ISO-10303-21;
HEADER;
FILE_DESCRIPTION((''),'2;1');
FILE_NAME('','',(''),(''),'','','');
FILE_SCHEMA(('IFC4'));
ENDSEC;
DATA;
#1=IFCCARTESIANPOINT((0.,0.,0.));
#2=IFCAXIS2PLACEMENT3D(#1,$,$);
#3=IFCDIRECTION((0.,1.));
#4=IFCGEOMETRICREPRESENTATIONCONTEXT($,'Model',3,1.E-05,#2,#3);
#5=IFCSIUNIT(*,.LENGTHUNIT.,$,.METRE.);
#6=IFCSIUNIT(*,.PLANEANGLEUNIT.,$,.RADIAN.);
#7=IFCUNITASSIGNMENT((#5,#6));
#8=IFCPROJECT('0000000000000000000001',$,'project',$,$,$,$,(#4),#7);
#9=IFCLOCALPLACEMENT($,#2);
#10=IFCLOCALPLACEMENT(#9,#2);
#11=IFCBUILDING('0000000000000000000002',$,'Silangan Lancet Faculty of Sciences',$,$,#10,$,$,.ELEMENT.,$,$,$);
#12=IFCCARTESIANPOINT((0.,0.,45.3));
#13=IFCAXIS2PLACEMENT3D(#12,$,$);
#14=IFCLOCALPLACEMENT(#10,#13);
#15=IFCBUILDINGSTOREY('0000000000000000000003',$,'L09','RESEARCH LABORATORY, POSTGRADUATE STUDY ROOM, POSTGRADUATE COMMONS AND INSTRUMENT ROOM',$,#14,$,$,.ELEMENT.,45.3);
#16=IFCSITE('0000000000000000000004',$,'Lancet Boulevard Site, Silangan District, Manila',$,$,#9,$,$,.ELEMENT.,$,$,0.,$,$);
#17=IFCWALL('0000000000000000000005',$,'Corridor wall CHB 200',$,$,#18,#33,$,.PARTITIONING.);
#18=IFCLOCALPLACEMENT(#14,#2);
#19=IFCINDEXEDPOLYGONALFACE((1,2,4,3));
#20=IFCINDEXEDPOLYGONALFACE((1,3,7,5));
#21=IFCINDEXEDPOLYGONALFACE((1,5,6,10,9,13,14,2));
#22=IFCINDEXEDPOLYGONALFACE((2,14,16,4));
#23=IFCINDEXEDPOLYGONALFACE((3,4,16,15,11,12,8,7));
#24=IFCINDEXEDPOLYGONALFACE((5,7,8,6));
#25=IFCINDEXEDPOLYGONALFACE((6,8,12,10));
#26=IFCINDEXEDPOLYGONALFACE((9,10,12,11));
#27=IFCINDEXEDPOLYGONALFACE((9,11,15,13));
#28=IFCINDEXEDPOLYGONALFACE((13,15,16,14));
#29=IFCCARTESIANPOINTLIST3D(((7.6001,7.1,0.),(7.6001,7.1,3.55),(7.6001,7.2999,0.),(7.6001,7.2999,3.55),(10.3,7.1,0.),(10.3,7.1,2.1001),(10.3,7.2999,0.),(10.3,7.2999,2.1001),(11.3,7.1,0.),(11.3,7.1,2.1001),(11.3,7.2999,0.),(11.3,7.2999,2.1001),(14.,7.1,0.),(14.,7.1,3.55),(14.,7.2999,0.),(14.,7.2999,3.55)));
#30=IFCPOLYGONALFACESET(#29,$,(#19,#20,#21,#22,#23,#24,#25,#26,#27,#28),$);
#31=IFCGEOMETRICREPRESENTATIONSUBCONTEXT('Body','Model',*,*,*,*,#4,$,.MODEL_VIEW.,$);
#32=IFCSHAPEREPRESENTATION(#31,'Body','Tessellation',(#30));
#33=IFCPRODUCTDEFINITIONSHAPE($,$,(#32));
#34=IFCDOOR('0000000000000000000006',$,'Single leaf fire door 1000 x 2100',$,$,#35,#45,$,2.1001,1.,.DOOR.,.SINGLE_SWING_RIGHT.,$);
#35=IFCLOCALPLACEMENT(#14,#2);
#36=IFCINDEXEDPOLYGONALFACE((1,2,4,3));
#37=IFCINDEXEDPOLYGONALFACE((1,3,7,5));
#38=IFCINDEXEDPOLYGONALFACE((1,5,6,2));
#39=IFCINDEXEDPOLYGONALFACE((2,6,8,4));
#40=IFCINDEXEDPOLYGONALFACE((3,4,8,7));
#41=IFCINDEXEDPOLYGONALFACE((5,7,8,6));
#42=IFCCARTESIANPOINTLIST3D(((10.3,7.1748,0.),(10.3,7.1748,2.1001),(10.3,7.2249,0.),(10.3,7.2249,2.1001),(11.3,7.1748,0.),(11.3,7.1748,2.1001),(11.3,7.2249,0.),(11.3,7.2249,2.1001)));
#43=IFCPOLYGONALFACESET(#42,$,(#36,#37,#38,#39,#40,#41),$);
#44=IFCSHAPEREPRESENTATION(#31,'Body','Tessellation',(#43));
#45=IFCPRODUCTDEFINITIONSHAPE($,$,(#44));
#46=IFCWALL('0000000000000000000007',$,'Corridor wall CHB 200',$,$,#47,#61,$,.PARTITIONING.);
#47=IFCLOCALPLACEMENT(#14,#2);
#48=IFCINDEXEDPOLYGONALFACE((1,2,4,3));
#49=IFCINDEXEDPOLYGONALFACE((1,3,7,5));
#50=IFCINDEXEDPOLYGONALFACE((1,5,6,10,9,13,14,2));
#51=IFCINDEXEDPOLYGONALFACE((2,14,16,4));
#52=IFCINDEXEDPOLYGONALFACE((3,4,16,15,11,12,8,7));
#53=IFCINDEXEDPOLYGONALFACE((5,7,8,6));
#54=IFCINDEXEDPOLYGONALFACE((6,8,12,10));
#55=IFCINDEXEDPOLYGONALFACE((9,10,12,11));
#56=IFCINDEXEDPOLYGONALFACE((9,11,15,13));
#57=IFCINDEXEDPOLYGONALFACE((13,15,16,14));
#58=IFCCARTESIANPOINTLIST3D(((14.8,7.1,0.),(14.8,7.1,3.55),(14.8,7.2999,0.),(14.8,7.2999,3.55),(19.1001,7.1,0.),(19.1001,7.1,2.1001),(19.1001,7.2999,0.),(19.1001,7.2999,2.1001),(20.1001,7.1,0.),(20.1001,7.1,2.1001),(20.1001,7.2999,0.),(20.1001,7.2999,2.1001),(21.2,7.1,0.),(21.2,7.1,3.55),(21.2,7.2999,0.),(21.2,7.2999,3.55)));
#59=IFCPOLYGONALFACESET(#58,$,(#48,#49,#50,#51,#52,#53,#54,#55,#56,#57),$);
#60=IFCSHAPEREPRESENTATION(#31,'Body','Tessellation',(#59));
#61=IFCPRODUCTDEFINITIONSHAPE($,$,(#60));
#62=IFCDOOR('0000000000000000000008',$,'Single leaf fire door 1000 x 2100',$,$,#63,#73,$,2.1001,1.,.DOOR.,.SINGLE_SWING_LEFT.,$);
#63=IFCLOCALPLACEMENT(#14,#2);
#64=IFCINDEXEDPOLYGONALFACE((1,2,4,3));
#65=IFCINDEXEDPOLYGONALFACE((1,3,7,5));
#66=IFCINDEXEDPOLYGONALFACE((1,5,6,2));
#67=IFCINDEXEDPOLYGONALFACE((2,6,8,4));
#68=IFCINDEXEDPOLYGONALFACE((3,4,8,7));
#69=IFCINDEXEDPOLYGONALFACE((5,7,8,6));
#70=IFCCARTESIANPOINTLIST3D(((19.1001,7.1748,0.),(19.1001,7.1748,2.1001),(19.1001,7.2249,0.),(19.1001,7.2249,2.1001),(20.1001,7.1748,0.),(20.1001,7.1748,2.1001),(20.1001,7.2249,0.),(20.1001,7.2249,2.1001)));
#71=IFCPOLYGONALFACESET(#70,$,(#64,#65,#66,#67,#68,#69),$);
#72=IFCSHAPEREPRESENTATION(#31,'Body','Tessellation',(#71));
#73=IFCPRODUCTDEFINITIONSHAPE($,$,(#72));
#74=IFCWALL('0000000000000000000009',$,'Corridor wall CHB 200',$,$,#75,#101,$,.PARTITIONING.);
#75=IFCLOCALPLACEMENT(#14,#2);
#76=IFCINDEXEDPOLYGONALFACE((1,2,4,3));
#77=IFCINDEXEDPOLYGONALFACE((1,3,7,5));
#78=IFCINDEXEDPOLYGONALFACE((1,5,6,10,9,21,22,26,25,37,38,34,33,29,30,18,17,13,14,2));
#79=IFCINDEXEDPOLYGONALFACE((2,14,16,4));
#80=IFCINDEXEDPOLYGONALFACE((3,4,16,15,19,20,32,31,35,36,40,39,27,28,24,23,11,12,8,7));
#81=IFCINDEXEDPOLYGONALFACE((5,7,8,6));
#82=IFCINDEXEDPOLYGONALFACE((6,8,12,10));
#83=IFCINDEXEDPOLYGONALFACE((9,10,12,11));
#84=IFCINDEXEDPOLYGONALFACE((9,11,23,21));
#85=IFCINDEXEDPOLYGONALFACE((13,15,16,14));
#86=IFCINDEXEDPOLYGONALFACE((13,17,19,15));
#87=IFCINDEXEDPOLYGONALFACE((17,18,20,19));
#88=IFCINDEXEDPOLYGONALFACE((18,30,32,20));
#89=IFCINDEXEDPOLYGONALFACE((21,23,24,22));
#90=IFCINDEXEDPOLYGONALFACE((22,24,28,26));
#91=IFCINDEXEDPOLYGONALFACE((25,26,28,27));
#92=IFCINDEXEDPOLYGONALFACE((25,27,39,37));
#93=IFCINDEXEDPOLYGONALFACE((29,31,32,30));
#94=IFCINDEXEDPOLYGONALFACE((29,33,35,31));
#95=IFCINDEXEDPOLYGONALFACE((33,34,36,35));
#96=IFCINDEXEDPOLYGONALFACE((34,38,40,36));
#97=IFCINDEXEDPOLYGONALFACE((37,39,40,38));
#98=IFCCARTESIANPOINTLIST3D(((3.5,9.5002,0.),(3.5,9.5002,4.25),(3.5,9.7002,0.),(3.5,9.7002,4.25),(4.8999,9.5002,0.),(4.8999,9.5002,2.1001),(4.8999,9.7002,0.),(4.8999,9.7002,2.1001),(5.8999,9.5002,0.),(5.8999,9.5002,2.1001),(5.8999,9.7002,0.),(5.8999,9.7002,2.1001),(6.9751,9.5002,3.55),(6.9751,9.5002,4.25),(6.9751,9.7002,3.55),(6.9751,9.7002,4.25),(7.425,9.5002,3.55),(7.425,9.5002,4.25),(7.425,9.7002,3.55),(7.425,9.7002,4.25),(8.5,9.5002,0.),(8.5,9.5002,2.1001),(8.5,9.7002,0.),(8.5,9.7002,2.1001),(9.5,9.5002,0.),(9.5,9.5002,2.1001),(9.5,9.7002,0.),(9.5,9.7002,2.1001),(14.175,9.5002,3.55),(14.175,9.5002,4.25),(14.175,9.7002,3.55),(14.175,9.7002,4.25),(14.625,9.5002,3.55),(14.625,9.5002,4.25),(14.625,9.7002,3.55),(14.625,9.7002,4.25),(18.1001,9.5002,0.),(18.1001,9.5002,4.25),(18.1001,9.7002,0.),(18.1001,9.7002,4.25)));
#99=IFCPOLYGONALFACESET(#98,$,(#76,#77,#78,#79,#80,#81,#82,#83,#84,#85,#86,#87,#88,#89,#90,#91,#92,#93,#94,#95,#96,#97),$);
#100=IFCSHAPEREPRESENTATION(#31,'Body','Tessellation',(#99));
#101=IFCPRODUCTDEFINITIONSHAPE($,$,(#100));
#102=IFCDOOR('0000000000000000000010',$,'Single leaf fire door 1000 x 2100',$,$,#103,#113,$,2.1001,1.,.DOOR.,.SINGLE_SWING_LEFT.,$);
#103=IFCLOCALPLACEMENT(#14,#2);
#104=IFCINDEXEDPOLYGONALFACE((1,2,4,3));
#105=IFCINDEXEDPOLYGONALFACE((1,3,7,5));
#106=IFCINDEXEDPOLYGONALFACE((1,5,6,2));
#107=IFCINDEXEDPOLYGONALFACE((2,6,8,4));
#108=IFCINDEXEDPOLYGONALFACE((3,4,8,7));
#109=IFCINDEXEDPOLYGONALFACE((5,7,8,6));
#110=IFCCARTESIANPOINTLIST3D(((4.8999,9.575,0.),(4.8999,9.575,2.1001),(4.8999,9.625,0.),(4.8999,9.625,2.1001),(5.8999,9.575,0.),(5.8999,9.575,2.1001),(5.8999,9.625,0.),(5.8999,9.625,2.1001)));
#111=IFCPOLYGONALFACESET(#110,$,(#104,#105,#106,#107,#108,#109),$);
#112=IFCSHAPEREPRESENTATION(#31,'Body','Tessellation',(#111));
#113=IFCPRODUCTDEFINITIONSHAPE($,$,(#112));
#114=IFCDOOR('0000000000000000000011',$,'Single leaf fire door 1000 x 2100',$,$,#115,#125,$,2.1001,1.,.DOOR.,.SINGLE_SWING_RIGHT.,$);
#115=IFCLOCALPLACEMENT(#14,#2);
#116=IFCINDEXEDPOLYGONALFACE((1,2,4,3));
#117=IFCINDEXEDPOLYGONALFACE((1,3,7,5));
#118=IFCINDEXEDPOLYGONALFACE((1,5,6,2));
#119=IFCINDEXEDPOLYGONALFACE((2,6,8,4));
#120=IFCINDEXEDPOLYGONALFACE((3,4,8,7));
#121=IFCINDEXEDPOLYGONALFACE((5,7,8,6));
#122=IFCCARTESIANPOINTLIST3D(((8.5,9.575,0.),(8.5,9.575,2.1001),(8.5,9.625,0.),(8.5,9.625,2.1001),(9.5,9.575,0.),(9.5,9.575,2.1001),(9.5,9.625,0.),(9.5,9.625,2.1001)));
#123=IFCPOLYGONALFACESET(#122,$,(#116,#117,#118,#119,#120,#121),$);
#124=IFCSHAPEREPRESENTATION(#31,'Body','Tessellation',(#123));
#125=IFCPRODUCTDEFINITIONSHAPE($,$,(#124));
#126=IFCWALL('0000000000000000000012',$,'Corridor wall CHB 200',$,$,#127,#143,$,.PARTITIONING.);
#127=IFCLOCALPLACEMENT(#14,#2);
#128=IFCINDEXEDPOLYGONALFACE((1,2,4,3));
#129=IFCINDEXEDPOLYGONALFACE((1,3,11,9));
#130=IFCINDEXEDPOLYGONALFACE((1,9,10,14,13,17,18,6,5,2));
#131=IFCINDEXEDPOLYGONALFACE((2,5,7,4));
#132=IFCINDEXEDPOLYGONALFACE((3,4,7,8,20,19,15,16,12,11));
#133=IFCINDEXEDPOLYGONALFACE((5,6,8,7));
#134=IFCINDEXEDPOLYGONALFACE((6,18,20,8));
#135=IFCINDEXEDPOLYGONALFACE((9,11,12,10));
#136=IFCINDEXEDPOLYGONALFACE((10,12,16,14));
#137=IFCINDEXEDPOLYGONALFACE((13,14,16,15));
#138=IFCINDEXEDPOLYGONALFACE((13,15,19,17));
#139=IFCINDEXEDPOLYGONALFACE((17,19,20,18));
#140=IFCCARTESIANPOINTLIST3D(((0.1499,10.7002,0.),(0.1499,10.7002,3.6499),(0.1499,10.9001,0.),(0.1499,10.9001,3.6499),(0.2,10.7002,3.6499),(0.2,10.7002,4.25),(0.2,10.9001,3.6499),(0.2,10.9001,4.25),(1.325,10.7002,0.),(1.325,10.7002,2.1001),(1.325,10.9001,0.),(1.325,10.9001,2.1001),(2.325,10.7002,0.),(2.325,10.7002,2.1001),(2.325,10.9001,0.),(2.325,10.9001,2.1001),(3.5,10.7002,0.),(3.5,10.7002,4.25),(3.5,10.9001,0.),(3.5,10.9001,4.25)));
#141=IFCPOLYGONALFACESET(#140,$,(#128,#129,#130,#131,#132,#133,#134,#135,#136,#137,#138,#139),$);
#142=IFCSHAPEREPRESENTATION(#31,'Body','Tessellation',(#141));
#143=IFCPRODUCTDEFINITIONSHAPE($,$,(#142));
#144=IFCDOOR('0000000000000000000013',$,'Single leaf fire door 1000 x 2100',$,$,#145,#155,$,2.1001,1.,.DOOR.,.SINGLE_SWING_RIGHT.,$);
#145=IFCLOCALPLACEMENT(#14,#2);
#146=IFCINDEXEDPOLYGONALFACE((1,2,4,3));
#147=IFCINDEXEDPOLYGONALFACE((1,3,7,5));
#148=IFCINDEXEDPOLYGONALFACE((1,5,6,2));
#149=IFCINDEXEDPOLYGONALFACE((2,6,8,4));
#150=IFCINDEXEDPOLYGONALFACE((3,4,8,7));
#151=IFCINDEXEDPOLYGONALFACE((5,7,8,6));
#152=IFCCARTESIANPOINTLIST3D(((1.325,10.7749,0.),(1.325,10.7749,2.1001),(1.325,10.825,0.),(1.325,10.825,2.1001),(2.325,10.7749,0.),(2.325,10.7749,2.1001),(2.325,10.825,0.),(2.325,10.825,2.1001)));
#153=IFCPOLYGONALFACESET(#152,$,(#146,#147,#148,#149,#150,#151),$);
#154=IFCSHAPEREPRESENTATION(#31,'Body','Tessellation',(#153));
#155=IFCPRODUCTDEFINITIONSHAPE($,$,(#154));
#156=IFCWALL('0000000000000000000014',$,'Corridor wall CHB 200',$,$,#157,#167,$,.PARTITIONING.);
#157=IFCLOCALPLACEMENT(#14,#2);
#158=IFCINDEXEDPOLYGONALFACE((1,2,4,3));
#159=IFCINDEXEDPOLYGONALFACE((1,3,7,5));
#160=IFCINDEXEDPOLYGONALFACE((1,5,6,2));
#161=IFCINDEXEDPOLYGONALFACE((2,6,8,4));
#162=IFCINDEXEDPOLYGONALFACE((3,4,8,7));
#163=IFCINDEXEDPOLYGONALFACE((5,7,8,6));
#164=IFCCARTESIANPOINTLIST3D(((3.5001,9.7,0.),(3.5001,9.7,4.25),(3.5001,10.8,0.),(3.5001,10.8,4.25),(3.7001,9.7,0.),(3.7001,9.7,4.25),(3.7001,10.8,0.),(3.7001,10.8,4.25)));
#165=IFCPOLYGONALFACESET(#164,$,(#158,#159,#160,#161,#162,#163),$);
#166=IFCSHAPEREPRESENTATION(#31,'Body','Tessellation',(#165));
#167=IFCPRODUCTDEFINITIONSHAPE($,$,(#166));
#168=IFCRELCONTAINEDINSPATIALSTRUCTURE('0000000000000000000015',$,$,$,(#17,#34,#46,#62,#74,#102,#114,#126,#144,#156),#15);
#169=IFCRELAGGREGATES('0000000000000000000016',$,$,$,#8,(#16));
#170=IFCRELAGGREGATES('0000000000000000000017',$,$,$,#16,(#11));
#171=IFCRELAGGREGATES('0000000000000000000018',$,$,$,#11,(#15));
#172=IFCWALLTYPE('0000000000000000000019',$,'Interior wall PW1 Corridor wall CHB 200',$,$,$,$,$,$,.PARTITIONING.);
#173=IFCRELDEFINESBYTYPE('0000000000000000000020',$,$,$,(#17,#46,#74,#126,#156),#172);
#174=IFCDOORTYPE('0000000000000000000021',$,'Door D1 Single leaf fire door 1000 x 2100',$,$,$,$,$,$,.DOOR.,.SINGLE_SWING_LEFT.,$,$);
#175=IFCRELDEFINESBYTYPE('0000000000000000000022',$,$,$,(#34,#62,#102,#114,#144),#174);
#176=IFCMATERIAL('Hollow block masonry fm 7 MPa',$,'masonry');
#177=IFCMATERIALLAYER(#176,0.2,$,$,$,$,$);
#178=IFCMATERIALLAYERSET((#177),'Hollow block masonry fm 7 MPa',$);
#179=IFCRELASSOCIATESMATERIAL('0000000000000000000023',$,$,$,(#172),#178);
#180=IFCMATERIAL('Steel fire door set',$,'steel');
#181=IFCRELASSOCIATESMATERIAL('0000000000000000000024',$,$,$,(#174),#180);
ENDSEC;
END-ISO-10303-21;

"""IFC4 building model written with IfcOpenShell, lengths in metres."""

from ifc_helpers import new_model, si_unit, direction, frame, frame_2d, origin, place, context, subcontext, project, spatial, polyline, rectangle, outline, extrude, material, layer, layer_set, type_object, element, fill, save


model = new_model("IFC4")

# Units and contexts
model_context = context("Model", 3, precision=1e-05, world=origin(), true_north=direction((0.0, 1.0)))
body_context = subcontext(model_context, "Body", "Model", "MODEL_VIEW")
ifc_project = project(units=[si_unit("LENGTHUNIT", "METRE"), si_unit("PLANEANGLEUNIT", "RADIAN")], contexts=[model_context])

# Site, building, storey
site_placement = place(None, origin())
site = spatial("IfcSite", under=ifc_project, at=site_placement, Name="Lancet Boulevard Site, Silangan District, Manila", CompositionType="ELEMENT", RefElevation=0.0)
building_placement = place(site_placement, origin())
building = spatial("IfcBuilding", under=site, at=building_placement, Name="Silangan Lancet Faculty of Sciences", CompositionType="ELEMENT")
storey_placement = place(building_placement, frame((0.0, 0.0, 45.3)))
storey = spatial("IfcBuildingStorey", under=building, at=storey_placement, Name="L09", Description="RESEARCH LABORATORY, POSTGRADUATE STUDY ROOM, POSTGRADUATE COMMONS AND INSTRUMENT ROOM", CompositionType="ELEMENT", Elevation=45.3)

# Walls, openings, doors
ifc_material_1 = material(Name="Hollow block masonry fm 7 MPa", Category="masonry")
ifc_layer_1 = layer(ifc_material_1, 0.2)
ifc_layer_set_1 = layer_set([ifc_layer_1], Name="Hollow block masonry fm 7 MPa")
wall_type_1 = type_object("IfcWallType", Name="Interior wall PW1 Corridor wall CHB 200", PredefinedType="PARTITIONING", material=ifc_layer_set_1)
wall_1_placement = place(storey_placement, frame((7.6001, 7.2, 0.0), z_axis=(0.0, 0.0, 1.0), x_axis=(1.0, 0.0, 0.0)))
wall_1 = element("IfcWall", 1, at=wall_1_placement, inside=storey, type_object=wall_type_1, Name="Corridor wall CHB 200", PredefinedType="PARTITIONING", context=body_context, shape_type="SweptSolid", body=[
    extrude(rectangle(XDim=6.3999, YDim=0.2, at=frame_2d((3.2, 0.0))), origin(), (0.0, 0.0, 1.0), 3.55),
])
opening_1_placement = place(wall_1_placement, frame((2.7, 0.0, 0.0)))
opening_1 = element("IfcOpeningElement", 2, at=opening_1_placement, cuts=wall_1, PredefinedType="OPENING", context=body_context, shape_type="SweptSolid", body=[
    extrude(rectangle(XDim=1.0, YDim=2.1001, at=frame_2d((0.5, 1.05))), frame((0.0, 0.1099, 0.0), z_axis=(0.0, -1.0, 0.0), x_axis=(1.0, 0.0, 0.0)), (0.0, 0.0, 1.0), 0.22),
])
ifc_material_2 = material(Name="Steel fire door set", Category="steel")
door_type_1 = type_object("IfcDoorType", Name="Door D1 Single leaf fire door 1000 x 2100", OperationType="SINGLE_SWING_LEFT", PredefinedType="DOOR", material=ifc_material_2)
door_1_placement = place(opening_1_placement, frame((1.0, 0.0, 0.0), z_axis=(0.0, 0.0, 1.0), x_axis=(-1.0, 0.0, 0.0)))
door_1 = element("IfcDoor", 3, at=door_1_placement, inside=storey, type_object=door_type_1, Name="Single leaf fire door 1000 x 2100", OperationType="SINGLE_SWING_RIGHT", OverallHeight=2.1001, OverallWidth=1.0, PredefinedType="DOOR", context=body_context, shape_type="SweptSolid", body=[
    extrude(rectangle(XDim=1.0, YDim=2.1001, at=frame_2d((0.5, 1.05))), frame((0.0, 0.0251, 0.0), z_axis=(0.0, -1.0, 0.0), x_axis=(1.0, 0.0, 0.0)), (0.0, 0.0, 1.0), 0.05),
])
fill(opening_1, door_1)
wall_2_placement = place(storey_placement, frame((14.8, 7.2, 0.0), z_axis=(0.0, 0.0, 1.0), x_axis=(1.0, 0.0, 0.0)))
wall_2 = element("IfcWall", 4, at=wall_2_placement, inside=storey, type_object=wall_type_1, Name="Corridor wall CHB 200", PredefinedType="PARTITIONING", context=body_context, shape_type="SweptSolid", body=[
    extrude(rectangle(XDim=6.3999, YDim=0.2, at=frame_2d((3.2, 0.0))), origin(), (0.0, 0.0, 1.0), 3.55),
])
opening_2_placement = place(wall_2_placement, frame((4.3, 0.0, 0.0)))
opening_2 = element("IfcOpeningElement", 5, at=opening_2_placement, cuts=wall_2, PredefinedType="OPENING", context=body_context, shape_type="SweptSolid", body=[
    extrude(rectangle(XDim=1.0, YDim=2.1001, at=frame_2d((0.5, 1.05))), frame((0.0, 0.1099, 0.0), z_axis=(0.0, -1.0, 0.0), x_axis=(1.0, 0.0, 0.0)), (0.0, 0.0, 1.0), 0.22),
])
door_2_placement = place(opening_2_placement, frame((1.0, 0.0, 0.0), z_axis=(0.0, 0.0, 1.0), x_axis=(-1.0, 0.0, 0.0)))
door_2 = element("IfcDoor", 6, at=door_2_placement, inside=storey, type_object=door_type_1, Name="Single leaf fire door 1000 x 2100", OperationType="SINGLE_SWING_LEFT", OverallHeight=2.1001, OverallWidth=1.0, PredefinedType="DOOR", context=body_context, shape_type="SweptSolid", body=[
    extrude(rectangle(XDim=1.0, YDim=2.1001, at=frame_2d((0.5, 1.05))), frame((0.0, 0.0251, 0.0), z_axis=(0.0, -1.0, 0.0), x_axis=(1.0, 0.0, 0.0)), (0.0, 0.0, 1.0), 0.05),
])
fill(opening_2, door_2)

# Wall, openings, doors
wall_3_placement = place(storey_placement, frame((3.5, 9.6001, 0.0), z_axis=(0.0, 0.0, 1.0), x_axis=(1.0, 0.0, 0.0)))
wall_3 = element("IfcWall", 7, at=wall_3_placement, inside=storey, type_object=wall_type_1, Name="Corridor wall CHB 200", PredefinedType="PARTITIONING", context=body_context, shape_type="SweptSolid", body=[
    extrude(outline(polyline([(0.0, 0.0), (14.6001, 0.0), (14.6001, 4.25), (11.125, 4.25), (11.125, 3.55), (10.675, 3.55), (10.675, 4.25), (3.925, 4.25), (3.925, 3.55), (3.4751, 3.55), (3.4751, 4.25), (0.0, 4.25), (0.0, 0.0)])), frame((0.0, 0.1001, 0.0), z_axis=(0.0, -1.0, 0.0), x_axis=(1.0, 0.0, 0.0)), (0.0, 0.0, 1.0), 0.2),
])
opening_3_placement = place(wall_3_placement, frame((1.3999, 0.0, 0.0)))
opening_3 = element("IfcOpeningElement", 8, at=opening_3_placement, cuts=wall_3, PredefinedType="OPENING", context=body_context, shape_type="SweptSolid", body=[
    extrude(rectangle(XDim=1.0, YDim=2.1001, at=frame_2d((0.5, 1.05))), frame((0.0, 0.1099, 0.0), z_axis=(0.0, -1.0, 0.0), x_axis=(1.0, 0.0, 0.0)), (0.0, 0.0, 1.0), 0.22),
])
opening_4_placement = place(wall_3_placement, frame((5.0, 0.0, 0.0)))
opening_4 = element("IfcOpeningElement", 9, at=opening_4_placement, cuts=wall_3, PredefinedType="OPENING", context=body_context, shape_type="SweptSolid", body=[
    extrude(rectangle(XDim=1.0, YDim=2.1001, at=frame_2d((0.5, 1.05))), frame((0.0, 0.1099, 0.0), z_axis=(0.0, -1.0, 0.0), x_axis=(1.0, 0.0, 0.0)), (0.0, 0.0, 1.0), 0.22),
])
door_3_placement = place(opening_3_placement, origin())
door_3 = element("IfcDoor", 10, at=door_3_placement, inside=storey, type_object=door_type_1, Name="Single leaf fire door 1000 x 2100", OperationType="SINGLE_SWING_LEFT", OverallHeight=2.1001, OverallWidth=1.0, PredefinedType="DOOR", context=body_context, shape_type="SweptSolid", body=[
    extrude(rectangle(XDim=1.0, YDim=2.1001, at=frame_2d((0.5, 1.05))), frame((0.0, 0.0249, 0.0), z_axis=(0.0, -1.0, 0.0), x_axis=(1.0, 0.0, 0.0)), (0.0, 0.0, 1.0), 0.05),
])
fill(opening_3, door_3)
door_4_placement = place(opening_4_placement, origin())
door_4 = element("IfcDoor", 11, at=door_4_placement, inside=storey, type_object=door_type_1, Name="Single leaf fire door 1000 x 2100", OperationType="SINGLE_SWING_RIGHT", OverallHeight=2.1001, OverallWidth=1.0, PredefinedType="DOOR", context=body_context, shape_type="SweptSolid", body=[
    extrude(rectangle(XDim=1.0, YDim=2.1001, at=frame_2d((0.5, 1.05))), frame((0.0, 0.0249, 0.0), z_axis=(0.0, -1.0, 0.0), x_axis=(1.0, 0.0, 0.0)), (0.0, 0.0, 1.0), 0.05),
])
fill(opening_4, door_4)

# Wall, opening, door
wall_4_placement = place(storey_placement, frame((0.1499, 10.8, 0.0), z_axis=(0.0, 0.0, 1.0), x_axis=(1.0, 0.0, 0.0)))
wall_4 = element("IfcWall", 12, at=wall_4_placement, inside=storey, type_object=wall_type_1, Name="Corridor wall CHB 200", PredefinedType="PARTITIONING", context=body_context, shape_type="SweptSolid", body=[
    extrude(outline(polyline([(0.0, 0.0), (3.3501, 0.0), (3.3501, 4.25), (0.05, 4.25), (0.05, 3.6499), (0.0, 3.6499), (0.0, 0.0)])), frame((0.0, 0.1001, 0.0), z_axis=(0.0, -1.0, 0.0), x_axis=(1.0, 0.0, 0.0)), (0.0, 0.0, 1.0), 0.2),
])
opening_5_placement = place(wall_4_placement, frame((1.175, 0.0, 0.0)))
opening_5 = element("IfcOpeningElement", 13, at=opening_5_placement, cuts=wall_4, PredefinedType="OPENING", context=body_context, shape_type="SweptSolid", body=[
    extrude(rectangle(XDim=1.0, YDim=2.1001, at=frame_2d((0.5, 1.05))), frame((0.0, 0.1099, 0.0), z_axis=(0.0, -1.0, 0.0), x_axis=(1.0, 0.0, 0.0)), (0.0, 0.0, 1.0), 0.22),
])
door_5_placement = place(opening_5_placement, origin())
door_5 = element("IfcDoor", 14, at=door_5_placement, inside=storey, type_object=door_type_1, Name="Single leaf fire door 1000 x 2100", OperationType="SINGLE_SWING_RIGHT", OverallHeight=2.1001, OverallWidth=1.0, PredefinedType="DOOR", context=body_context, shape_type="SweptSolid", body=[
    extrude(rectangle(XDim=1.0, YDim=2.1001, at=frame_2d((0.5, 1.05))), frame((0.0, 0.0249, 0.0), z_axis=(0.0, -1.0, 0.0), x_axis=(1.0, 0.0, 0.0)), (0.0, 0.0, 1.0), 0.05),
])
fill(opening_5, door_5)

# Wall
wall_5_placement = place(storey_placement, frame((3.6001, 9.7, 0.0), z_axis=(0.0, 0.0, 1.0), x_axis=(0.0, 1.0, 0.0)))
element("IfcWall", 15, at=wall_5_placement, inside=storey, type_object=wall_type_1, Name="Corridor wall CHB 200", PredefinedType="PARTITIONING", context=body_context, shape_type="SweptSolid", body=[
    extrude(rectangle(XDim=1.1001, YDim=0.2, at=frame_2d((0.55, 0.0))), origin(), (0.0, 0.0, 1.0), 4.25),
])

save(model, "model.ifc")
